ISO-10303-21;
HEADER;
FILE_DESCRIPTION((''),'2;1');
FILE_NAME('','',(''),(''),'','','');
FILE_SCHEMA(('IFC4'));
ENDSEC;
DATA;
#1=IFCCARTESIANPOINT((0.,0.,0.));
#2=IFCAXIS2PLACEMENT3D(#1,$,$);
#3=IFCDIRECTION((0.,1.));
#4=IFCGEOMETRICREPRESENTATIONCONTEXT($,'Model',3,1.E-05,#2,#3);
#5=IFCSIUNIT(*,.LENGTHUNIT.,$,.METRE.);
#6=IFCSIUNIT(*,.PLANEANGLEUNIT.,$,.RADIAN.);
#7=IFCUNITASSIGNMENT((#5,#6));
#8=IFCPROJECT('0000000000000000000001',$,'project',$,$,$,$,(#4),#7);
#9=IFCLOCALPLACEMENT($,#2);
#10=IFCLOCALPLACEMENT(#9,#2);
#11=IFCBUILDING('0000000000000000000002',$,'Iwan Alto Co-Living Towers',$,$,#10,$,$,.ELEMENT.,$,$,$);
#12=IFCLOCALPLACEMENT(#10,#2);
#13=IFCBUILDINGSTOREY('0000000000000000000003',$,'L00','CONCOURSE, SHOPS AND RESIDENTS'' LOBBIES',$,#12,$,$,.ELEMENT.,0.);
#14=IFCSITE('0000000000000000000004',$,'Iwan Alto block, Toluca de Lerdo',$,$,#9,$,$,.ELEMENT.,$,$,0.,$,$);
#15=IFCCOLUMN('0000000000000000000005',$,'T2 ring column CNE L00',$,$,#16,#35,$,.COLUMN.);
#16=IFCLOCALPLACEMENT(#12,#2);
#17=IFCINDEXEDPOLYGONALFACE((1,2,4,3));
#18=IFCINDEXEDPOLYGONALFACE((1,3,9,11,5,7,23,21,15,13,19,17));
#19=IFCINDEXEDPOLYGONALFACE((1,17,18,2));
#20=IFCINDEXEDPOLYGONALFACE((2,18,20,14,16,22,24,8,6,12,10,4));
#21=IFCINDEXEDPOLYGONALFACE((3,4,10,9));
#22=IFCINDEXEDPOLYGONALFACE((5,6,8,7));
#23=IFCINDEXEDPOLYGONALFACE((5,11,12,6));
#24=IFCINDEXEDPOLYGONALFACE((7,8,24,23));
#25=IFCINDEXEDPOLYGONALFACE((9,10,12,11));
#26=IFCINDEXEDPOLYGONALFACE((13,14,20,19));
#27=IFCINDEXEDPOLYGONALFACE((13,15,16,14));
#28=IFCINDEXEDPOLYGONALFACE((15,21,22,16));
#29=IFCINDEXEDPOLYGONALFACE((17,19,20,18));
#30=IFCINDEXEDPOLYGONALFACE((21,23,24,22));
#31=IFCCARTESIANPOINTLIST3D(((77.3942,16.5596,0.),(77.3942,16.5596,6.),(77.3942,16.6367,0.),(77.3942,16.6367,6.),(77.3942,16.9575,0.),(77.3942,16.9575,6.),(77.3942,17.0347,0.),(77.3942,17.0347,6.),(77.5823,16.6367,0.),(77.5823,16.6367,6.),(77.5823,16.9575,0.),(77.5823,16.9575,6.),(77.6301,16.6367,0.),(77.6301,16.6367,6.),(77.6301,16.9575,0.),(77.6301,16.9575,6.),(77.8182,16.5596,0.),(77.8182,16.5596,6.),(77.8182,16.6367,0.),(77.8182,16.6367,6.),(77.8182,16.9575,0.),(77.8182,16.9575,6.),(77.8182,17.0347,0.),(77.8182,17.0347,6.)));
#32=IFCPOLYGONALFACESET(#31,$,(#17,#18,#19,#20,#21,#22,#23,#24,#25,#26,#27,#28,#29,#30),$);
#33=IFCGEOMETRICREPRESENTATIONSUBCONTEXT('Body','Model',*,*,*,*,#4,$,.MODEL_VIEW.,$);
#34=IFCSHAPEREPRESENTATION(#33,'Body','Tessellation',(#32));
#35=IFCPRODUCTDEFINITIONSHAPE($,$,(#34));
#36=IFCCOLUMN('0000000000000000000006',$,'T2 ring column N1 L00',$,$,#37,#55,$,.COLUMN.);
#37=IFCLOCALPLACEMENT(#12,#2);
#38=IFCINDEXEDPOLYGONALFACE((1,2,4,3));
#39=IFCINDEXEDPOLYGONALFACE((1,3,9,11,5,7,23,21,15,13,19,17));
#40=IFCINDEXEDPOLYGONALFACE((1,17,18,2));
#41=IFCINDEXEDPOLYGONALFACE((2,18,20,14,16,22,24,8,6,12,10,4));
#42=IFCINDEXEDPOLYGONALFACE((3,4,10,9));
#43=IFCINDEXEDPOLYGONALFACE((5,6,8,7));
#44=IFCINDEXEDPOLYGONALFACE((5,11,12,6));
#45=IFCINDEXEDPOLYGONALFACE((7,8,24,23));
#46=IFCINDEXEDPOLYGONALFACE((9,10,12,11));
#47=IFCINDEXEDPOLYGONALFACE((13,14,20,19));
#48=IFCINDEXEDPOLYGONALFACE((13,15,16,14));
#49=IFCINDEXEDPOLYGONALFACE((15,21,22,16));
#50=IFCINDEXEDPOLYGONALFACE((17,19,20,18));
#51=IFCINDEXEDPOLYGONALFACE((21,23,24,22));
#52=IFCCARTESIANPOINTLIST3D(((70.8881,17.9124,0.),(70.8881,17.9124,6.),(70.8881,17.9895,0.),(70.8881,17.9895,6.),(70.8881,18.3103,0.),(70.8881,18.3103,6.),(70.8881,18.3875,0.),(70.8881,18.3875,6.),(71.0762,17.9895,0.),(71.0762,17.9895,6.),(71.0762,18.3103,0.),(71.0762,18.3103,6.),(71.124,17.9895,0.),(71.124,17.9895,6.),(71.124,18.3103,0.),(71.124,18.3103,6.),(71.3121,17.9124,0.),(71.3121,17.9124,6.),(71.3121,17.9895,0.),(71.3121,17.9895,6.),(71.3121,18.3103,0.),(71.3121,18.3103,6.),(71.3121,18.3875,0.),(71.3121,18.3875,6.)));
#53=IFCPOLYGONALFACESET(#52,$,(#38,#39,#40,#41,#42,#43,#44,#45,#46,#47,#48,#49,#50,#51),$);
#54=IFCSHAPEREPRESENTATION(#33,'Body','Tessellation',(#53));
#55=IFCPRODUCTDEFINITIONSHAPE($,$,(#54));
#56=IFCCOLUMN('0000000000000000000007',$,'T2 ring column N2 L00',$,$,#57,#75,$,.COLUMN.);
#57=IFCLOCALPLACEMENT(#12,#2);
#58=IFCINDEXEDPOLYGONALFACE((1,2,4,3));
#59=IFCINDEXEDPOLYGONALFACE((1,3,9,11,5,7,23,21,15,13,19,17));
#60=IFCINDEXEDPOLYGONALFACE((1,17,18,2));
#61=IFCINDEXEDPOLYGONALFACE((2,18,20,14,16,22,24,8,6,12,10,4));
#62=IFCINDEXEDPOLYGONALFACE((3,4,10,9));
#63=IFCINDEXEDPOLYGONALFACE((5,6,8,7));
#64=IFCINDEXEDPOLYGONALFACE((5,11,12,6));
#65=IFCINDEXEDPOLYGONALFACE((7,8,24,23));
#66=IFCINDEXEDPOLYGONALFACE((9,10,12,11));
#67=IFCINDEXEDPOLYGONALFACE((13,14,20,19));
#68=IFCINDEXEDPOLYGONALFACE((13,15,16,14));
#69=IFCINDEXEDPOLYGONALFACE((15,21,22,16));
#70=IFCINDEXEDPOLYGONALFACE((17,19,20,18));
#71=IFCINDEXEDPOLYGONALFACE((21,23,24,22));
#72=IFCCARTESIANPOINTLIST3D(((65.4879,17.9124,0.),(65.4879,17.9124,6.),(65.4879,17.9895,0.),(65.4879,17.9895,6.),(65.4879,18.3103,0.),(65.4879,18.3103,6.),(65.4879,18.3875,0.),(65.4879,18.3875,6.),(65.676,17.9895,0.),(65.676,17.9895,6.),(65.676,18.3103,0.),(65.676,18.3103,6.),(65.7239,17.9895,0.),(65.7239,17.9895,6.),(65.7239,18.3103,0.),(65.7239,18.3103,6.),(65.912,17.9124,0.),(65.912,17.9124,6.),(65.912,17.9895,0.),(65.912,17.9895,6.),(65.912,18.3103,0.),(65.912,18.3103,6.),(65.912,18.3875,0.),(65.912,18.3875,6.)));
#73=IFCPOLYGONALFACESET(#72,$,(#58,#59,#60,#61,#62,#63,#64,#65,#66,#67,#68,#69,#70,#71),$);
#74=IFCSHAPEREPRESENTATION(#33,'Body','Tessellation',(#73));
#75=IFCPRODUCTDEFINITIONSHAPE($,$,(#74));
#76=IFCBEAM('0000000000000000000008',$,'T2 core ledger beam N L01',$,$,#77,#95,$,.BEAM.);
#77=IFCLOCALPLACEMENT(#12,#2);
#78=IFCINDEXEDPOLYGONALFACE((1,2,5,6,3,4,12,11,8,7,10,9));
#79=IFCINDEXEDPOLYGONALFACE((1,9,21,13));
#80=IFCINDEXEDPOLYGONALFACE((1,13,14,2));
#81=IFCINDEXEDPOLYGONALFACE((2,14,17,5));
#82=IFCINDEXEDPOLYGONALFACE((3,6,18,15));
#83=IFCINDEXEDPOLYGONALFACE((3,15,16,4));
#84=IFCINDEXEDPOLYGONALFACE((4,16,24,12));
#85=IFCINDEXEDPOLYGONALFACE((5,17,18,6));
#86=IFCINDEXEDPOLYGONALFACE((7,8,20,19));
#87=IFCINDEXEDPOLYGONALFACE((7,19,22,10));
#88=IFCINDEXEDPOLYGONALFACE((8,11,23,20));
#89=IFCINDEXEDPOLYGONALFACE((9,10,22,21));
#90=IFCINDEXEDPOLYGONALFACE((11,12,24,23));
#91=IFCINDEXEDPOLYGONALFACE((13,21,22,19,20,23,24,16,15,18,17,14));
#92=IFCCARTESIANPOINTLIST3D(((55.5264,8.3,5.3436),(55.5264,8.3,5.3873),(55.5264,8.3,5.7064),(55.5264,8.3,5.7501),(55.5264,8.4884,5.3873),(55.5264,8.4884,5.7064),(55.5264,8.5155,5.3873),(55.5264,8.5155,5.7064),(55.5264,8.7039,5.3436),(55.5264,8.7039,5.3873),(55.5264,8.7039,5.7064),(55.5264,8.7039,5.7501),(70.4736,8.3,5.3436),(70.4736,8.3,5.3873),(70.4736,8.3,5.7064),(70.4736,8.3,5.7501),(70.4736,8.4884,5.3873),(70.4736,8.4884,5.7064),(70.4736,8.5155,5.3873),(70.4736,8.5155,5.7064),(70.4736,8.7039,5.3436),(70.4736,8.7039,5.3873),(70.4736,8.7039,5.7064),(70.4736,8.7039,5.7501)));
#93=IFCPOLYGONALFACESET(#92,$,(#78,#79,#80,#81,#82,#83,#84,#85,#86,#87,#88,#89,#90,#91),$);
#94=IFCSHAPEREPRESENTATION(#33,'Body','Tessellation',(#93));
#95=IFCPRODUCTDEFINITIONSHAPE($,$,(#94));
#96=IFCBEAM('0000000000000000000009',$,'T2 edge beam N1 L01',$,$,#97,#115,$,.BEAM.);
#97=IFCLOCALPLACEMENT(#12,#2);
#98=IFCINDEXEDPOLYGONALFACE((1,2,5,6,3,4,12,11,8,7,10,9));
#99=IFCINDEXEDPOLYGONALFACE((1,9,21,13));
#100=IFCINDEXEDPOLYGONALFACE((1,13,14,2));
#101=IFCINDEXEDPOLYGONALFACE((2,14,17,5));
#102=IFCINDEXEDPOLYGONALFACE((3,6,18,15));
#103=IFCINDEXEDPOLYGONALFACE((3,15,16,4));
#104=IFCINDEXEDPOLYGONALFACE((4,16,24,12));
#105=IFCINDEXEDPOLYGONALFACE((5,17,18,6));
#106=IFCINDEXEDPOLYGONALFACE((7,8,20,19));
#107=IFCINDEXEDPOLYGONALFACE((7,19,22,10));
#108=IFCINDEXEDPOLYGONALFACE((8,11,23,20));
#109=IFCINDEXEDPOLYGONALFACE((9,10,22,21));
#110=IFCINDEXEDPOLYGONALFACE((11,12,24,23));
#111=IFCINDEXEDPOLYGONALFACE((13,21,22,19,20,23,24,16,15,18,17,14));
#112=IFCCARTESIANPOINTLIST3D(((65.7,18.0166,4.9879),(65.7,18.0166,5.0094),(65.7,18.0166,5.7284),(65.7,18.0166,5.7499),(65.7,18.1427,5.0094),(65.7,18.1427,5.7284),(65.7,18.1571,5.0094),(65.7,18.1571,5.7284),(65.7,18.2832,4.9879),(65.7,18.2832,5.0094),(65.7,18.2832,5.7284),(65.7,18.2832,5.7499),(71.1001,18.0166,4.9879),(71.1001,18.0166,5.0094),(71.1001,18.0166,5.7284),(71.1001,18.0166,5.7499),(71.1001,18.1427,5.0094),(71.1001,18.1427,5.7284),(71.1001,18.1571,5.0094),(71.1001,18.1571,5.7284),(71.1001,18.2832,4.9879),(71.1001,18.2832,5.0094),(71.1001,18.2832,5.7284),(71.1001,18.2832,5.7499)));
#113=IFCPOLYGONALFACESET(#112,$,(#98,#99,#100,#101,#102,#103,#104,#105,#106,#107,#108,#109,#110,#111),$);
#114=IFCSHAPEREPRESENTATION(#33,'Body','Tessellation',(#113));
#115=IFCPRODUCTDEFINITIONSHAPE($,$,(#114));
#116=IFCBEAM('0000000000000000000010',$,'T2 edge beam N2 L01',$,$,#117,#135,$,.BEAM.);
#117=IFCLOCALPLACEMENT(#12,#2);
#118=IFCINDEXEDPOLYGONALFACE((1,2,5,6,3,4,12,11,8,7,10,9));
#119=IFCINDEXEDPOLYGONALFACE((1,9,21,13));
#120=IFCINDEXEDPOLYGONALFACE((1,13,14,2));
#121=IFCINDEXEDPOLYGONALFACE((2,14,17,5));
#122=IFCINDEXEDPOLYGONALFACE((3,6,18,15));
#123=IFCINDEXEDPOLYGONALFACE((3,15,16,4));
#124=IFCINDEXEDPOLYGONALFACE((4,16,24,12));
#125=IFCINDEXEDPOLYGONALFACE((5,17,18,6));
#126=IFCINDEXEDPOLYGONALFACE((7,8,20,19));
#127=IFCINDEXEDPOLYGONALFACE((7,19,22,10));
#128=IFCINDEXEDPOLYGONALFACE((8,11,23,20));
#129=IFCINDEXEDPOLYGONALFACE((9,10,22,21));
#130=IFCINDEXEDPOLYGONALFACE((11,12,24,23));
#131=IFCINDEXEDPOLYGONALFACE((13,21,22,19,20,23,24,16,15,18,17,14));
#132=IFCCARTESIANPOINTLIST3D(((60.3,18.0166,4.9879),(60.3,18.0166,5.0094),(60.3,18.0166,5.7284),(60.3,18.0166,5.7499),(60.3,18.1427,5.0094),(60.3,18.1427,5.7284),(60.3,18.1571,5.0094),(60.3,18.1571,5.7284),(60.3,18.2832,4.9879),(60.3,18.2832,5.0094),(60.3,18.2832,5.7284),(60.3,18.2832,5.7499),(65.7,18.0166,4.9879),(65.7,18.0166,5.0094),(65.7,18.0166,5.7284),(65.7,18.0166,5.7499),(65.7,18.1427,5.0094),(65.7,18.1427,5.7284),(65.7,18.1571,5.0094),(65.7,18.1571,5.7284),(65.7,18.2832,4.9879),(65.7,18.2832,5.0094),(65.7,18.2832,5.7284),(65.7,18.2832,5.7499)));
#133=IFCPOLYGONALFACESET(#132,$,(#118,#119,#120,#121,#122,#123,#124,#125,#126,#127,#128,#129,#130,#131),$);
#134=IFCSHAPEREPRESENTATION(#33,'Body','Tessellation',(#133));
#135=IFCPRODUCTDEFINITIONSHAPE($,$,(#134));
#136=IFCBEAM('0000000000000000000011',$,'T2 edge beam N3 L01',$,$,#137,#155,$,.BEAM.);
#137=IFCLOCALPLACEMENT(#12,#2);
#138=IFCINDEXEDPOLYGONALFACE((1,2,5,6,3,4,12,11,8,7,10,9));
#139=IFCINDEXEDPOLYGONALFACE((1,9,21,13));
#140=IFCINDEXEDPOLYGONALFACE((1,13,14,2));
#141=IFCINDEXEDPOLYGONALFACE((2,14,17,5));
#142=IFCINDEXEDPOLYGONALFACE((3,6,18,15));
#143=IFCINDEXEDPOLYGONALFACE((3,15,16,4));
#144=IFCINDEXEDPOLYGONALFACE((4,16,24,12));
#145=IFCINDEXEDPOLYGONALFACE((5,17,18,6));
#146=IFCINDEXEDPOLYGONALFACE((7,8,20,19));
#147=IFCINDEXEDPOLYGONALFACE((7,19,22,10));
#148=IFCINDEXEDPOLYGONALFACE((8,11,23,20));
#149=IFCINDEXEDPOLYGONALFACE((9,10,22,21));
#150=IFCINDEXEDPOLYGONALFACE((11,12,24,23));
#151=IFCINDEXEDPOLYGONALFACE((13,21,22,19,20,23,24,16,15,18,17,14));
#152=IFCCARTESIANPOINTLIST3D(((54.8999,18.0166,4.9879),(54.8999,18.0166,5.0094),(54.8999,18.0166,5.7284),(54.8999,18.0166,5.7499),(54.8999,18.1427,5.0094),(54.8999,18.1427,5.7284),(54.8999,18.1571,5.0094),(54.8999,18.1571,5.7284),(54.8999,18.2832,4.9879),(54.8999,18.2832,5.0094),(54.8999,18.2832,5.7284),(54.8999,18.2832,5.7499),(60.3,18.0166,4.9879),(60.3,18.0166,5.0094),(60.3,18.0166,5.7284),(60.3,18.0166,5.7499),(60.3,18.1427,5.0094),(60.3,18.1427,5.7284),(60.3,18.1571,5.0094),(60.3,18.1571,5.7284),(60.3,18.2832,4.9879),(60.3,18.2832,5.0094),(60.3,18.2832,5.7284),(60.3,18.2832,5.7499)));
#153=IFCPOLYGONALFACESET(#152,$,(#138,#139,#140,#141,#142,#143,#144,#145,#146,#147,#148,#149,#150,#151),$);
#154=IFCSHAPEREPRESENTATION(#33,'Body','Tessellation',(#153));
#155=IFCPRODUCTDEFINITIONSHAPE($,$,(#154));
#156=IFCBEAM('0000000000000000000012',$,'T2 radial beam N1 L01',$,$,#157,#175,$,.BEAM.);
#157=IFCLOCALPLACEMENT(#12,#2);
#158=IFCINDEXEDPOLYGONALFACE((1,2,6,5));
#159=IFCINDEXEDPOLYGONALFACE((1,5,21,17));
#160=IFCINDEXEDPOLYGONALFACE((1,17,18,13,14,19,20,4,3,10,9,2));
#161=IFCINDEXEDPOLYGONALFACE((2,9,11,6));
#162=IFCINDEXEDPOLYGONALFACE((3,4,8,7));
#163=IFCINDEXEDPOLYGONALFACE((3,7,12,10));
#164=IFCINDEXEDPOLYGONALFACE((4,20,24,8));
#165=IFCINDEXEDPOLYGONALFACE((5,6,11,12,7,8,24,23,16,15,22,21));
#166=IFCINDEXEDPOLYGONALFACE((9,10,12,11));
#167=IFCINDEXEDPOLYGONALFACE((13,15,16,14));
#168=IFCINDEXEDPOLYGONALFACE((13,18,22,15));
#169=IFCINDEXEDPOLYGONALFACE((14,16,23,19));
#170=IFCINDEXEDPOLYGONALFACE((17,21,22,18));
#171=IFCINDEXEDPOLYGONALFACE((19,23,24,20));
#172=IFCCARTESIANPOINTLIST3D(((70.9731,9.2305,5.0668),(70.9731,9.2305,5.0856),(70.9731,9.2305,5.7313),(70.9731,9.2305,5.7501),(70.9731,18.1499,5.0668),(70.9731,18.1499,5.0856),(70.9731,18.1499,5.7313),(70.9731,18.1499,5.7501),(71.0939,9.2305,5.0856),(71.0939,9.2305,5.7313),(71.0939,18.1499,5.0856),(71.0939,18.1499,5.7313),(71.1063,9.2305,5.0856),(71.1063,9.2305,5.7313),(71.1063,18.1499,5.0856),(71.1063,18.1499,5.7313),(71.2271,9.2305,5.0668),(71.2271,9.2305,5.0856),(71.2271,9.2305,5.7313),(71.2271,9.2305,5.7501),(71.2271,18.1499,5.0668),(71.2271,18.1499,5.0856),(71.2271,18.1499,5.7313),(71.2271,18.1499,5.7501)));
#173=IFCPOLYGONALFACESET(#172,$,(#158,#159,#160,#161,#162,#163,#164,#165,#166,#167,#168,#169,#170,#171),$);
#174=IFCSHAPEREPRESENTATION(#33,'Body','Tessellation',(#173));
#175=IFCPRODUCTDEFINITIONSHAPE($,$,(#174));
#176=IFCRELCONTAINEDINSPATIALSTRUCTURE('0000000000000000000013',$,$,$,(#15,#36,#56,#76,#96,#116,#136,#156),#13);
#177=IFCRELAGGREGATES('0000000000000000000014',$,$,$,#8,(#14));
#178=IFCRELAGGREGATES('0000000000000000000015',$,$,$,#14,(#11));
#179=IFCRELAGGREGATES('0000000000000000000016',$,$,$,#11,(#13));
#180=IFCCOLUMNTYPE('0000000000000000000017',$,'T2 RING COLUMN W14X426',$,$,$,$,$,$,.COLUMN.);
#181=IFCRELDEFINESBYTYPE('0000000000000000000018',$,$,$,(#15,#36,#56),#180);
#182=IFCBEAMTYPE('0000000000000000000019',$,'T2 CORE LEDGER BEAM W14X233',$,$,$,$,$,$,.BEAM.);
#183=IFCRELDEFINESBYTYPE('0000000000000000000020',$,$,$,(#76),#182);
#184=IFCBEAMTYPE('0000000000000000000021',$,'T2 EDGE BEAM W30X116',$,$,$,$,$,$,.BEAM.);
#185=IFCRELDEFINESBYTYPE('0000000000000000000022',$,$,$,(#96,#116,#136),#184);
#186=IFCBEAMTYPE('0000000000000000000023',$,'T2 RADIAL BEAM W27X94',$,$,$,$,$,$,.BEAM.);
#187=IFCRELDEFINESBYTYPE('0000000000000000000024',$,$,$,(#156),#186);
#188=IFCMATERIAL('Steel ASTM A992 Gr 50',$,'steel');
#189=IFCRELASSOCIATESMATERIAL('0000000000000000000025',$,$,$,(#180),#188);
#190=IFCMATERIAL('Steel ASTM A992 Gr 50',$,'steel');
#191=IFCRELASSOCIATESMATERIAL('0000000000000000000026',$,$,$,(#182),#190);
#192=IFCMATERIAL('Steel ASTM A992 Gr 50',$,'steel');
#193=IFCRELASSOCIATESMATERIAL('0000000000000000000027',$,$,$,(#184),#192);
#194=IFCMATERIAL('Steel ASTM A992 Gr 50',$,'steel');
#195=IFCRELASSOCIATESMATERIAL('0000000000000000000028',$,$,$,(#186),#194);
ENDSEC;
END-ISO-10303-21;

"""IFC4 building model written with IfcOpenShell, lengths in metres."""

from ifc_helpers import new_model, si_unit, direction, frame, origin, origin_2d, place, context, subcontext, project, spatial, i_section, extrude, material, material_profile, profile_set, type_object, element, save


model = new_model("IFC4")

# Units and contexts
model_context = context("Model", 3, precision=1e-05, world=origin(), true_north=direction((0.0, 1.0)))
body_context = subcontext(model_context, "Body", "Model", "MODEL_VIEW")
ifc_project = project(units=[si_unit("LENGTHUNIT", "METRE"), si_unit("PLANEANGLEUNIT", "RADIAN")], contexts=[model_context])

# Site, building, storey
site_placement = place(None, origin())
site = spatial("IfcSite", under=ifc_project, at=site_placement, Name="Iwan Alto block, Toluca de Lerdo", CompositionType="ELEMENT", RefElevation=0.0)
building_placement = place(site_placement, origin())
building = spatial("IfcBuilding", under=site, at=building_placement, Name="Iwan Alto Co-Living Towers", CompositionType="ELEMENT")
storey_placement = place(building_placement, origin())
storey = spatial("IfcBuildingStorey", under=building, at=storey_placement, Name="L00", Description="CONCOURSE, SHOPS AND RESIDENTS' LOBBIES", CompositionType="ELEMENT", Elevation=0.0)

# Columns
ifc_material_1 = material(Name="Steel ASTM A992 Gr 50", Category="steel")
ifc_material_profile_1 = material_profile(ifc_material_1, i_section(OverallWidth=0.4241, OverallDepth=0.4751, WebThickness=0.0479, FlangeThickness=0.0771, at=origin_2d()), Name="W14X426")
ifc_profile_set_1 = profile_set([ifc_material_profile_1], Name="Steel ASTM A992 Gr 50")
column_type = type_object("IfcColumnType", Name="T2 RING COLUMN W14X426", PredefinedType="COLUMN", material=ifc_profile_set_1)
for number, where, z_axis, x_axis, name in (
    (1, (77.6062, 16.7971, 0.0), (0.0, 0.0, 1.0), (1.0, 0.0, 0.0), "T2 ring column CNE L00"),
    (2, (71.1001, 18.1499, 0.0), (0.0, 0.0, 1.0), (1.0, 0.0, 0.0), "T2 ring column N1 L00"),
    (3, (65.7, 18.1499, 0.0), (0.0, 0.0, 1.0), (1.0, 0.0, 0.0), "T2 ring column N2 L00"),
):
    element("IfcColumn", number, at=place(storey_placement, frame(where, z_axis=z_axis, x_axis=x_axis)), inside=storey, type_object=column_type, Name=name, PredefinedType="COLUMN", context=body_context, shape_type="SweptSolid", body=[
        extrude(i_section(OverallWidth=0.4241, OverallDepth=0.4751, WebThickness=0.0479, FlangeThickness=0.0771, at=origin_2d()), origin(), (0.0, 0.0, 1.0), 6.0),
    ])

# Beams
ifc_material_2 = material(Name="Steel ASTM A992 Gr 50", Category="steel")
ifc_material_profile_2 = material_profile(ifc_material_2, i_section(OverallWidth=0.4038, OverallDepth=0.4065, WebThickness=0.0271, FlangeThickness=0.0437, at=origin_2d()), Name="W14X233")
ifc_profile_set_2 = profile_set([ifc_material_profile_2], Name="Steel ASTM A992 Gr 50")
beam_type_1 = type_object("IfcBeamType", Name="T2 CORE LEDGER BEAM W14X233", PredefinedType="BEAM", material=ifc_profile_set_2)
beam_1_placement = place(storey_placement, frame((70.4736, 8.502, 5.5469), z_axis=(-1.0, 0.0, 0.0), x_axis=(0.0, -1.0, 0.0)))
element("IfcBeam", 4, at=beam_1_placement, inside=storey, type_object=beam_type_1, Name="T2 core ledger beam N L01", PredefinedType="BEAM", context=body_context, shape_type="SweptSolid", body=[
    extrude(i_section(OverallWidth=0.4038, OverallDepth=0.4065, WebThickness=0.0271, FlangeThickness=0.0437, at=origin_2d()), origin(), (0.0, 0.0, 1.0), 14.9473),
])
ifc_material_3 = material(Name="Steel ASTM A992 Gr 50", Category="steel")
ifc_material_profile_3 = material_profile(ifc_material_3, i_section(OverallWidth=0.2666, OverallDepth=0.762, WebThickness=0.0144, FlangeThickness=0.0215, at=origin_2d()), Name="W30X116")
ifc_profile_set_3 = profile_set([ifc_material_profile_3], Name="Steel ASTM A992 Gr 50")
beam_type_2 = type_object("IfcBeamType", Name="T2 EDGE BEAM W30X116", PredefinedType="BEAM", material=ifc_profile_set_3)
beam_2_placement = place(storey_placement, frame((71.1001, 18.1499, 5.3689), z_axis=(-1.0, 0.0, 0.0), x_axis=(0.0, -1.0, 0.0)))
element("IfcBeam", 5, at=beam_2_placement, inside=storey, type_object=beam_type_2, Name="T2 edge beam N1 L01", PredefinedType="BEAM", context=body_context, shape_type="SweptSolid", body=[
    extrude(i_section(OverallWidth=0.2666, OverallDepth=0.762, WebThickness=0.0144, FlangeThickness=0.0215, at=origin_2d()), origin(), (0.0, 0.0, 1.0), 5.4001),
])
beam_3_placement = place(storey_placement, frame((65.7, 18.1499, 5.3689), z_axis=(-1.0, 0.0, 0.0), x_axis=(0.0, -1.0, 0.0)))
element("IfcBeam", 6, at=beam_3_placement, inside=storey, type_object=beam_type_2, Name="T2 edge beam N2 L01", PredefinedType="BEAM", context=body_context, shape_type="SweptSolid", body=[
    extrude(i_section(OverallWidth=0.2666, OverallDepth=0.762, WebThickness=0.0144, FlangeThickness=0.0215, at=origin_2d()), origin(), (0.0, 0.0, 1.0), 5.3999),
])
beam_4_placement = place(storey_placement, frame((60.3, 18.1499, 5.3689), z_axis=(-1.0, 0.0, 0.0), x_axis=(0.0, -1.0, 0.0)))
element("IfcBeam", 7, at=beam_4_placement, inside=storey, type_object=beam_type_2, Name="T2 edge beam N3 L01", PredefinedType="BEAM", context=body_context, shape_type="SweptSolid", body=[
    extrude(i_section(OverallWidth=0.2666, OverallDepth=0.762, WebThickness=0.0144, FlangeThickness=0.0215, at=origin_2d()), origin(), (0.0, 0.0, 1.0), 5.4001),
])
ifc_material_4 = material(Name="Steel ASTM A992 Gr 50", Category="steel")
ifc_material_profile_4 = material_profile(ifc_material_4, i_section(OverallWidth=0.2539, OverallDepth=0.6833, WebThickness=0.0125, FlangeThickness=0.0188, at=origin_2d()), Name="W27X94")
ifc_profile_set_4 = profile_set([ifc_material_profile_4], Name="Steel ASTM A992 Gr 50")
beam_type_3 = type_object("IfcBeamType", Name="T2 RADIAL BEAM W27X94", PredefinedType="BEAM", material=ifc_profile_set_4)
beam_5_placement = place(storey_placement, frame((71.1001, 18.1499, 5.4084), z_axis=(0.0, -1.0, 0.0), x_axis=(1.0, 0.0, 0.0)))
element("IfcBeam", 8, at=beam_5_placement, inside=storey, type_object=beam_type_3, Name="T2 radial beam N1 L01", PredefinedType="BEAM", context=body_context, shape_type="SweptSolid", body=[
    extrude(i_section(OverallWidth=0.2539, OverallDepth=0.6833, WebThickness=0.0125, FlangeThickness=0.0188, at=origin_2d()), origin(), (0.0, 0.0, 1.0), 8.9194),
])

save(model, "model.ifc")
